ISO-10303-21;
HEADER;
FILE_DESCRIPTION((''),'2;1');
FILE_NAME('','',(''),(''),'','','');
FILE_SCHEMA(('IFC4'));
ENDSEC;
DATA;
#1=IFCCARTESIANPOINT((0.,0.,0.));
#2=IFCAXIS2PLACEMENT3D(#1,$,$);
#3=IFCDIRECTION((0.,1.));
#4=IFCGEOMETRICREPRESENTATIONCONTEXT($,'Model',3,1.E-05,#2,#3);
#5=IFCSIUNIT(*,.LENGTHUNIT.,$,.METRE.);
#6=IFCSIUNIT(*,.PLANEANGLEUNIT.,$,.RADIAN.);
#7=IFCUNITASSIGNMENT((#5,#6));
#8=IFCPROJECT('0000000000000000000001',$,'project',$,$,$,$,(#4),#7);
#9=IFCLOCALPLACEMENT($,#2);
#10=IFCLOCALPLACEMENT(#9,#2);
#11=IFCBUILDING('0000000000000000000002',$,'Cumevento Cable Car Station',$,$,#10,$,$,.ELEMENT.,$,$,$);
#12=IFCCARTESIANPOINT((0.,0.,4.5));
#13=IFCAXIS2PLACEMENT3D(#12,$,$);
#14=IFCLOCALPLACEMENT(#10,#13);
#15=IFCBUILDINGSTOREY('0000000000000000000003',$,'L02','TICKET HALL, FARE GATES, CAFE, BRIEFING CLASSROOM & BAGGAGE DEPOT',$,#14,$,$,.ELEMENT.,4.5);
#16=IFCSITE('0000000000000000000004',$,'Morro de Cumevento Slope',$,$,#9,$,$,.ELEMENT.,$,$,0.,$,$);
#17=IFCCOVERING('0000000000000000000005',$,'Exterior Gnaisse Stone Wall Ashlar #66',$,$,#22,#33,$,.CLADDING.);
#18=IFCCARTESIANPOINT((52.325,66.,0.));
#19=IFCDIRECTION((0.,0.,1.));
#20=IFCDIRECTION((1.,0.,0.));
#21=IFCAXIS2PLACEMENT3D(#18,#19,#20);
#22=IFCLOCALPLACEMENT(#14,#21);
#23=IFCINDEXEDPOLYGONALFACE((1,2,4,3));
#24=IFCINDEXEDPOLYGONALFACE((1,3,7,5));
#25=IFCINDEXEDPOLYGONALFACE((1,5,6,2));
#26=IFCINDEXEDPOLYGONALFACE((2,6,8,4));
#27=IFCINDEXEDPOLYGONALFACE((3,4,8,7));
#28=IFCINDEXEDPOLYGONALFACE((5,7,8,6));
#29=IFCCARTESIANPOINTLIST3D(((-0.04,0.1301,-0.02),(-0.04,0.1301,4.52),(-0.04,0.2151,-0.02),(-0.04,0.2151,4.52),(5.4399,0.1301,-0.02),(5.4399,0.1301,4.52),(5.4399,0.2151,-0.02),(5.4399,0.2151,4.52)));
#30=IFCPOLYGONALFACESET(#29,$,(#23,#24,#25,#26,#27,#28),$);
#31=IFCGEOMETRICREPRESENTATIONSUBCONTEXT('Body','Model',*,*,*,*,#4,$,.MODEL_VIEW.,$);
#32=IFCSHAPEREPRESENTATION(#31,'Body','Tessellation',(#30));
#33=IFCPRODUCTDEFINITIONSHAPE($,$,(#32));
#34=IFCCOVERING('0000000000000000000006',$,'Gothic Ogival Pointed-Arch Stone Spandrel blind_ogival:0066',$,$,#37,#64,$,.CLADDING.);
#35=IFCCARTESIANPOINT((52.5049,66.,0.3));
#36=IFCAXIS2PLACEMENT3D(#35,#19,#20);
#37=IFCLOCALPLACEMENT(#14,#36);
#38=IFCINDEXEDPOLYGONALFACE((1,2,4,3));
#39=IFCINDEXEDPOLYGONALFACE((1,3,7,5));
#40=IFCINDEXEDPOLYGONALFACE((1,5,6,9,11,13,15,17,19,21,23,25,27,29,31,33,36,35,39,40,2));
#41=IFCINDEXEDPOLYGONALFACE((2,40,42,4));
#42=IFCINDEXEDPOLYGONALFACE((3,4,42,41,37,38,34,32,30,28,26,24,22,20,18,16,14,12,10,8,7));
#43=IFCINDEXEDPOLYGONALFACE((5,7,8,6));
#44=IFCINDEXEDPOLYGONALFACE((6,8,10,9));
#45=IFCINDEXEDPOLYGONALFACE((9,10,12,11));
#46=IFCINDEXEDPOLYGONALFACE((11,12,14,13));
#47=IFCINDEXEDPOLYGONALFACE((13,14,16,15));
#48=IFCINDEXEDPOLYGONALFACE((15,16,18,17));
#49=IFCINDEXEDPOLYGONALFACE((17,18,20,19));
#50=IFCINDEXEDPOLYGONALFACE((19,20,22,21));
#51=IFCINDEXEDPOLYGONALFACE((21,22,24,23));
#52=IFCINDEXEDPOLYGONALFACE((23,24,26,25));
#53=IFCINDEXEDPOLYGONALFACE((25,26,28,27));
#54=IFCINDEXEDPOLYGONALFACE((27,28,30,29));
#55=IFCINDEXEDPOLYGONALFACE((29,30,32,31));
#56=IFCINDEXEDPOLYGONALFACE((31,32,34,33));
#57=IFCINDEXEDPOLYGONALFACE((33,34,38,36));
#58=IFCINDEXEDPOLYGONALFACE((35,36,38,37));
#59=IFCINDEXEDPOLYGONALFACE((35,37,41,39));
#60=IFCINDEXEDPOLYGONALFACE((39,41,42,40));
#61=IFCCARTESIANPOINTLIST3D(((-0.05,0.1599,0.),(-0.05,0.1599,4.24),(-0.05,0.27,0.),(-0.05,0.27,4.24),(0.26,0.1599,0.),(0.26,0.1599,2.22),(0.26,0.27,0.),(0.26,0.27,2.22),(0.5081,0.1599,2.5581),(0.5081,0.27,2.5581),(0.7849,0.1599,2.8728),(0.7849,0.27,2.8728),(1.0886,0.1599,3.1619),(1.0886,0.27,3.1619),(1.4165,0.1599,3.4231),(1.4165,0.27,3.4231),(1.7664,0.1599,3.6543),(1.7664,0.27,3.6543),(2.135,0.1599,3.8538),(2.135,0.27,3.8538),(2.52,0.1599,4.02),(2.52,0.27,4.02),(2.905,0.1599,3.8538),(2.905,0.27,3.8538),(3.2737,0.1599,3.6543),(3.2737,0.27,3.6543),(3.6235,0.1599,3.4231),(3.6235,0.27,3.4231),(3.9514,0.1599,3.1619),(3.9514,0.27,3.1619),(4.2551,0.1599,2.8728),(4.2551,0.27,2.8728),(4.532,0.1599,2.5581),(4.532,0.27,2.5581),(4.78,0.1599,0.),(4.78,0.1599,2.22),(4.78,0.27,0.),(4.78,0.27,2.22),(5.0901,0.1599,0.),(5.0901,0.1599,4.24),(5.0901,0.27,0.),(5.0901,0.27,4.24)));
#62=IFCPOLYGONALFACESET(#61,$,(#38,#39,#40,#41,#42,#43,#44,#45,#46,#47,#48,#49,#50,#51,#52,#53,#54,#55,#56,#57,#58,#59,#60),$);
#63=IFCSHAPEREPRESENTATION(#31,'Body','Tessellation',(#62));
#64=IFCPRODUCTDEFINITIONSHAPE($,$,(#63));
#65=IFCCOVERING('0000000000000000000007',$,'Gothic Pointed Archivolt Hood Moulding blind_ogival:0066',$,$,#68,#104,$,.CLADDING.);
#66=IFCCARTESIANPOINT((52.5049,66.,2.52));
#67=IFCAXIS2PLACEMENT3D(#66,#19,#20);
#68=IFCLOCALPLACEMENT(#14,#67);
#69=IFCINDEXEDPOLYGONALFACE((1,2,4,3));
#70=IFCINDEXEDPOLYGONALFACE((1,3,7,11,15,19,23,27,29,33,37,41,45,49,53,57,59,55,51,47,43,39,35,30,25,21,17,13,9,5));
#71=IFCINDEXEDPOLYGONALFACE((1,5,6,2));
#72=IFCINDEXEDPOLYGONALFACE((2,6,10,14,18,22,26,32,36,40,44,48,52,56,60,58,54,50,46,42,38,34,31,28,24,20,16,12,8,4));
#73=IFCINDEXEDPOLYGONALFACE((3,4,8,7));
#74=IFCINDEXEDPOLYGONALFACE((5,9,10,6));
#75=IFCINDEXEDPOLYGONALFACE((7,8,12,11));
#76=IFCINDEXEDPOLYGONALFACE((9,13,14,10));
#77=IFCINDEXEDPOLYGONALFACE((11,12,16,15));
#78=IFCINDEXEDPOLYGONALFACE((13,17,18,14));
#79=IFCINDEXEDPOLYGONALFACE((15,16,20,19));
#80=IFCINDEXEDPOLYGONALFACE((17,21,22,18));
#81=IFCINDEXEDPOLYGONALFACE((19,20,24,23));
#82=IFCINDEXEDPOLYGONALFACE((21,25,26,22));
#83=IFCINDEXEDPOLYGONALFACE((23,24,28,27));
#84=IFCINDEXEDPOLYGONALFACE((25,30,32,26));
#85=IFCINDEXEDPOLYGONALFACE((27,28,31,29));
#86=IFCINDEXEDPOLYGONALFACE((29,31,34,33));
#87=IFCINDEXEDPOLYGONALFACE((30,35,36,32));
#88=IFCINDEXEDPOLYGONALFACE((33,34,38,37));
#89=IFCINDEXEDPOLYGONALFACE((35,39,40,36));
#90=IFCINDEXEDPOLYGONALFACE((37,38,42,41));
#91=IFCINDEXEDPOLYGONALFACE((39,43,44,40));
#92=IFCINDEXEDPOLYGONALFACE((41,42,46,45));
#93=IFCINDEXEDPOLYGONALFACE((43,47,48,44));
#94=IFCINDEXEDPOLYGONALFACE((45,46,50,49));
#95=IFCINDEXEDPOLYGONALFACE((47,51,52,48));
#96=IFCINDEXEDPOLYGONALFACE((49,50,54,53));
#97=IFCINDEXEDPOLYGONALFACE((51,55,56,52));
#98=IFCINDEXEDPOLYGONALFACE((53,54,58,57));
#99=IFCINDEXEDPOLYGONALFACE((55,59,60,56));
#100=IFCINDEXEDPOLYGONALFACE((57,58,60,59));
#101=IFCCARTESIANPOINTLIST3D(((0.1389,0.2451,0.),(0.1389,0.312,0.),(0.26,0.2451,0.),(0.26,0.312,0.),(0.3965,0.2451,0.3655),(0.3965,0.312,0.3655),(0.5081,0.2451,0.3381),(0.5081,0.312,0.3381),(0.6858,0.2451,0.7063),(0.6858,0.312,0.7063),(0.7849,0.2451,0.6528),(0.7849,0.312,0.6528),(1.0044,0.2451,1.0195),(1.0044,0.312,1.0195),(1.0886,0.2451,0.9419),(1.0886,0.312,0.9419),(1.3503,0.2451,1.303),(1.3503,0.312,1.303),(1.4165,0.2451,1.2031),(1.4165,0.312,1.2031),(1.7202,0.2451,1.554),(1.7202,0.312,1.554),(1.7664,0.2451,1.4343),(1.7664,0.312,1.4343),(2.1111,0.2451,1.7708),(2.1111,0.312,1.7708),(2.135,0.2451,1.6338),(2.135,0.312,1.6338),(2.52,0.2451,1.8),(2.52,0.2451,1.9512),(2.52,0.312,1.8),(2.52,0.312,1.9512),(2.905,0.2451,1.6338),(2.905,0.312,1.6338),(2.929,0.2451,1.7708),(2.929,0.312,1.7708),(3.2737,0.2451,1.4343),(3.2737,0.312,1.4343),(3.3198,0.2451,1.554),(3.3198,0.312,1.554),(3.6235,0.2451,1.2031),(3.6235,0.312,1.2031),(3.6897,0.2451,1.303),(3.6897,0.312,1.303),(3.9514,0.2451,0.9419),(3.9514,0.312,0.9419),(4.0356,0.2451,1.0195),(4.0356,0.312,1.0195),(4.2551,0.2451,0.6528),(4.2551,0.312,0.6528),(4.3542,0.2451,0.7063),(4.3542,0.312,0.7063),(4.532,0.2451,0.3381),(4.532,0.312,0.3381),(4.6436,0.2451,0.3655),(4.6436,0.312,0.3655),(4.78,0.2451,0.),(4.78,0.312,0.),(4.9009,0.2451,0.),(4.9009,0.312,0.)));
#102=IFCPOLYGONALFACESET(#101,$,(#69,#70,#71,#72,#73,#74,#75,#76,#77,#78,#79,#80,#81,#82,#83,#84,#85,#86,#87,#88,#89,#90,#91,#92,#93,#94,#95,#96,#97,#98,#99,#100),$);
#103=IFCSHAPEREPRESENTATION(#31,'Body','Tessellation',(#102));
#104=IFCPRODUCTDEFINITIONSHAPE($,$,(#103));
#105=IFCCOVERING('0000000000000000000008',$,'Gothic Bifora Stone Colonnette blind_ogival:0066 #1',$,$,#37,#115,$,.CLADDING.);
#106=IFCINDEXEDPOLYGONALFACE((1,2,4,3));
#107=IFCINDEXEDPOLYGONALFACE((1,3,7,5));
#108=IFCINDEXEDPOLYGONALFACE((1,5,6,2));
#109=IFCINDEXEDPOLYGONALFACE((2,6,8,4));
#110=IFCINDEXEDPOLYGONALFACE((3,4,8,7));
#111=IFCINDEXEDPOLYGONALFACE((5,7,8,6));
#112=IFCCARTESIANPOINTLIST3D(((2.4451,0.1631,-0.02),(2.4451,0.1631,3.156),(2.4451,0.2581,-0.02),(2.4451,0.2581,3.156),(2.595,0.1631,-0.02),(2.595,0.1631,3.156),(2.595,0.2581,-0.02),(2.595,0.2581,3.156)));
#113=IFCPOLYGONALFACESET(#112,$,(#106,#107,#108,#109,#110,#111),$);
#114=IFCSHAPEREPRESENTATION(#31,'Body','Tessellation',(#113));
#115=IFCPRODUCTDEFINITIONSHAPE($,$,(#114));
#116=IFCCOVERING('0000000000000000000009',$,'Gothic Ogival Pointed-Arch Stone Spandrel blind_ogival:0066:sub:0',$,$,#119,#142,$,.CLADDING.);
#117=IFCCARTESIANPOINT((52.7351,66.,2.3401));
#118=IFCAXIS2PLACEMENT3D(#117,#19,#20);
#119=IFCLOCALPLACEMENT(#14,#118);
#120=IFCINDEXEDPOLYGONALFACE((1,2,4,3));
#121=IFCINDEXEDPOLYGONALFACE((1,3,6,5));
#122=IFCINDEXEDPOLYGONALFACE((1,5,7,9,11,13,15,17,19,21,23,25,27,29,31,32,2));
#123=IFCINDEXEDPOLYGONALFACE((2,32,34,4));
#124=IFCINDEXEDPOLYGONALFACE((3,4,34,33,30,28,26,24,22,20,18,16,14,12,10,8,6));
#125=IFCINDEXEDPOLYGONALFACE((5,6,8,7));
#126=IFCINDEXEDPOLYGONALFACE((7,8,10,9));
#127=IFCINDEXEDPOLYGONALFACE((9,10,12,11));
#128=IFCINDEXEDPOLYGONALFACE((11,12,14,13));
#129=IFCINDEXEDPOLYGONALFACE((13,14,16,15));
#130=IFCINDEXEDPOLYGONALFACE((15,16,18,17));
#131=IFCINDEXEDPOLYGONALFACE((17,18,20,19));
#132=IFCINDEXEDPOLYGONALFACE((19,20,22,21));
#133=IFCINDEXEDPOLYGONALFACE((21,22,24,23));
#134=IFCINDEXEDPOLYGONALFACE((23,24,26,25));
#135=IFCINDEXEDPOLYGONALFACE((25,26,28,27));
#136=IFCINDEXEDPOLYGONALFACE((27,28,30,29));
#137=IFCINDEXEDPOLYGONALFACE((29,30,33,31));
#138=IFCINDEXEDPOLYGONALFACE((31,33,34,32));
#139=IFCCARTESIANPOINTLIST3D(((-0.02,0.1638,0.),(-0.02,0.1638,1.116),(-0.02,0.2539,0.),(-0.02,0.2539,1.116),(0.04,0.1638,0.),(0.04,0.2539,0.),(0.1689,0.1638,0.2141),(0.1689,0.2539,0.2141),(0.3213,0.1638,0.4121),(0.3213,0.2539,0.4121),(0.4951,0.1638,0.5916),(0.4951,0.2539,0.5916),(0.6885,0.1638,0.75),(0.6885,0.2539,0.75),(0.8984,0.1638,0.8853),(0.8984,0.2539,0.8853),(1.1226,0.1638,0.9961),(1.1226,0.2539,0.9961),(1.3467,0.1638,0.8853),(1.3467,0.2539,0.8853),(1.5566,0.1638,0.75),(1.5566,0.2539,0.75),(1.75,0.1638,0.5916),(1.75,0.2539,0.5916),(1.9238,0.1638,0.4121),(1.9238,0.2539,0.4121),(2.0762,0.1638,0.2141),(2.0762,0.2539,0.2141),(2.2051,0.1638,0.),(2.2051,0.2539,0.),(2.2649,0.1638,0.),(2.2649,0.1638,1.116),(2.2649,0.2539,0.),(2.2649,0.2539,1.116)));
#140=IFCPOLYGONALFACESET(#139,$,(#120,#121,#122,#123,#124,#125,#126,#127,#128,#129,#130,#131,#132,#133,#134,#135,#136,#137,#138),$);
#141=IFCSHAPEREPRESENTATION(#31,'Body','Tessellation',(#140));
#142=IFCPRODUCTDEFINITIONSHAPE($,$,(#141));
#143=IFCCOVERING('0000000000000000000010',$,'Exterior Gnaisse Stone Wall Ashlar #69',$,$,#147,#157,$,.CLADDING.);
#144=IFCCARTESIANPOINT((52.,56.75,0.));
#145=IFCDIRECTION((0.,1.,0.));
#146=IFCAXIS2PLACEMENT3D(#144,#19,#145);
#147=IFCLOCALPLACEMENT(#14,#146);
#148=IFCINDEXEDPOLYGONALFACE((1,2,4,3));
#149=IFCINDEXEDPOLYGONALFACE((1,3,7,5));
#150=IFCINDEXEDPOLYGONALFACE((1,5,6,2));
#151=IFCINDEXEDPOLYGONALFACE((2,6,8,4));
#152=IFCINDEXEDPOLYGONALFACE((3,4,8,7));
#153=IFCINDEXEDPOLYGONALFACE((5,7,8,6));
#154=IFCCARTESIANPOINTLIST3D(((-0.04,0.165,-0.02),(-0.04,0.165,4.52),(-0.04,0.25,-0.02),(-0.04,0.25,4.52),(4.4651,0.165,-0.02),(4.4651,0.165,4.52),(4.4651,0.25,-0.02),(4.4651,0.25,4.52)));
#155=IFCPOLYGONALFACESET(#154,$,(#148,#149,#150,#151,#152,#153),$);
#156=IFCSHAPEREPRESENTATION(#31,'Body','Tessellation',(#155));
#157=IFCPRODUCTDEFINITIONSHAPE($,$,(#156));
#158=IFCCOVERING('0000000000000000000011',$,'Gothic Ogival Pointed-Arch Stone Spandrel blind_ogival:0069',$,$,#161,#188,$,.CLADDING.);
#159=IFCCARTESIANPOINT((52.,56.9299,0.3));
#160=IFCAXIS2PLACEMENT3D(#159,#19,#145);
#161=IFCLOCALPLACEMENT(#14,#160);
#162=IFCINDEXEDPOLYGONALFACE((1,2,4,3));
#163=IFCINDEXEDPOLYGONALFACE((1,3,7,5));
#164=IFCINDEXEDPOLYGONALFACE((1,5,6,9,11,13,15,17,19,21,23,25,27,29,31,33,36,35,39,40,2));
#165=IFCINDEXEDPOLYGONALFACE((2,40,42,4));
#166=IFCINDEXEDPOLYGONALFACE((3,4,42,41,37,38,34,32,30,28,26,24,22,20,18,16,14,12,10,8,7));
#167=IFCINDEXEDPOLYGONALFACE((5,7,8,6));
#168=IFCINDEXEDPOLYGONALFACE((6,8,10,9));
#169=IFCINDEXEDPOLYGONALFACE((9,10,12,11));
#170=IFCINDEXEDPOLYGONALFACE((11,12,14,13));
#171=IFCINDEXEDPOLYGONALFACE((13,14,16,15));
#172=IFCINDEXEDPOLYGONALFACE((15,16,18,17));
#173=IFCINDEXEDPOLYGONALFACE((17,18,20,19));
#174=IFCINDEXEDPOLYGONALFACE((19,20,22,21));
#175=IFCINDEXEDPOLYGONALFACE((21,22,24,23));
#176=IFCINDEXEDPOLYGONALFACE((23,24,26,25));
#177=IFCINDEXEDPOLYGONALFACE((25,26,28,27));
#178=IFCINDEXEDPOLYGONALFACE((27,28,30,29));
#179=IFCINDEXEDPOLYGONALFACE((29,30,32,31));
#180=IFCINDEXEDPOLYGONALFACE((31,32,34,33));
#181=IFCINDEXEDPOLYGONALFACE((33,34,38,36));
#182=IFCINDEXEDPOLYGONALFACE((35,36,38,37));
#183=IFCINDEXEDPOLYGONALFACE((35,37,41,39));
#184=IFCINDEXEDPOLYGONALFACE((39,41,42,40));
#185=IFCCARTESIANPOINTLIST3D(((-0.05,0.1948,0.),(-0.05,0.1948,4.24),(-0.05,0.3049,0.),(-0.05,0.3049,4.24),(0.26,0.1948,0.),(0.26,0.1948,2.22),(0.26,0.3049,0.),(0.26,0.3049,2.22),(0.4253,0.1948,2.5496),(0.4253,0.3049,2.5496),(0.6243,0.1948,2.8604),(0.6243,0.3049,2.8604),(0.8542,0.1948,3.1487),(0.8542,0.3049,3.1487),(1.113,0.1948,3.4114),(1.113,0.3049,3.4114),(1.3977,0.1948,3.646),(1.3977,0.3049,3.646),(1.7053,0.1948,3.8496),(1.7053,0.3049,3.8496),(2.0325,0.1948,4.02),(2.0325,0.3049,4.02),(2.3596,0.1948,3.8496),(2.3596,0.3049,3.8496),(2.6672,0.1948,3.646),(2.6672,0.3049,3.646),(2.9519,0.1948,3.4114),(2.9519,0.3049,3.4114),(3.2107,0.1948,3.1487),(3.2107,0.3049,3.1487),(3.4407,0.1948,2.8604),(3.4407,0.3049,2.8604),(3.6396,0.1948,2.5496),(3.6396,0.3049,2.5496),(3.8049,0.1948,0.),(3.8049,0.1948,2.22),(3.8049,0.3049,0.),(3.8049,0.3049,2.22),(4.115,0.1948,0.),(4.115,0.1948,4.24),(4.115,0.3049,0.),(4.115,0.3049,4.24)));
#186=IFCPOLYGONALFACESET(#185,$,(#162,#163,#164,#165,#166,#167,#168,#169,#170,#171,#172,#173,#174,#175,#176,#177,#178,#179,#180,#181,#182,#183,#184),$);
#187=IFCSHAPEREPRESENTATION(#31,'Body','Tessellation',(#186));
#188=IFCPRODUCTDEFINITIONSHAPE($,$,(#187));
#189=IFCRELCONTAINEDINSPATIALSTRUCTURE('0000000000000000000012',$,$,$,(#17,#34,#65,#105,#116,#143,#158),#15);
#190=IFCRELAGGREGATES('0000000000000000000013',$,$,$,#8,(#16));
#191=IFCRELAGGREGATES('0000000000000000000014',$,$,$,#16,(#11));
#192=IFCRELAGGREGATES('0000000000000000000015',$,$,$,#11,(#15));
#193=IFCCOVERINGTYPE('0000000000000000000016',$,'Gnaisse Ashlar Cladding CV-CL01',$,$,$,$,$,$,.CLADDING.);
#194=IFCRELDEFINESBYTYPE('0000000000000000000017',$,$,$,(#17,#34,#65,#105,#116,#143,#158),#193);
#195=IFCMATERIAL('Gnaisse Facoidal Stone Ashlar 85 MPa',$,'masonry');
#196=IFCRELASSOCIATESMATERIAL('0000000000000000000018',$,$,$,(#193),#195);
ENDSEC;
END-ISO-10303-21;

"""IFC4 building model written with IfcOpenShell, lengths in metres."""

from ifc_helpers import new_model, si_unit, direction, frame, origin, place, context, subcontext, project, spatial, polyline, outline, extrude, material, type_object, element, save


model = new_model("IFC4")

# Units and contexts
model_context = context("Model", 3, precision=1e-05, world=origin(), true_north=direction((0.0, 1.0)))
body_context = subcontext(model_context, "Body", "Model", "MODEL_VIEW")
ifc_project = project(units=[si_unit("LENGTHUNIT", "METRE"), si_unit("PLANEANGLEUNIT", "RADIAN")], contexts=[model_context])

# Site, building, storey
site_placement = place(None, origin())
site = spatial("IfcSite", under=ifc_project, at=site_placement, Name="Morro de Cumevento Slope", CompositionType="ELEMENT", RefElevation=0.0)
building_placement = place(site_placement, origin())
building = spatial("IfcBuilding", under=site, at=building_placement, Name="Cumevento Cable Car Station", CompositionType="ELEMENT")
storey_placement = place(building_placement, frame((0.0, 0.0, 4.5)))
storey = spatial("IfcBuildingStorey", under=building, at=storey_placement, Name="L02", Description="TICKET HALL, FARE GATES, CAFE, BRIEFING CLASSROOM & BAGGAGE DEPOT", CompositionType="ELEMENT", Elevation=4.5)

# Coverings
ifc_material_1 = material(Name="Gnaisse Facoidal Stone Ashlar 85 MPa", Category="masonry")
covering_type = type_object("IfcCoveringType", Name="Gnaisse Ashlar Cladding CV-CL01", PredefinedType="CLADDING", material=ifc_material_1)
covering_1_placement = place(storey_placement, frame((52.325, 66.0, 0.0), z_axis=(0.0, 0.0, 1.0), x_axis=(1.0, 0.0, 0.0)))
element("IfcCovering", 1, at=covering_1_placement, inside=storey, type_object=covering_type, Name="Exterior Gnaisse Stone Wall Ashlar #66", PredefinedType="CLADDING", context=body_context, shape_type="SweptSolid", body=[
    extrude(outline(polyline([(-0.04, -0.02), (5.4399, -0.02), (5.4399, 4.52), (-0.04, 4.52), (-0.04, -0.02)])), frame((0.0, 0.2151, 0.0), z_axis=(0.0, -1.0, 0.0), x_axis=(1.0, 0.0, 0.0)), (0.0, 0.0, 1.0), 0.085),
])
placement_1 = place(storey_placement, frame((52.5049, 66.0, 0.3), z_axis=(0.0, 0.0, 1.0), x_axis=(1.0, 0.0, 0.0)))
element("IfcCovering", 2, at=placement_1, inside=storey, type_object=covering_type, Name="Gothic Ogival Pointed-Arch Stone Spandrel blind_ogival:0066", PredefinedType="CLADDING", context=body_context, shape_type="SweptSolid", body=[
    extrude(outline(polyline([(-0.05, 0.0), (-0.05, 4.24), (5.0901, 4.24), (5.0901, 0.0), (4.78, 0.0), (4.78, 2.22), (4.532, 2.5581), (4.2551, 2.8728), (3.9514, 3.1619), (3.6235, 3.4231), (3.2737, 3.6543), (2.905, 3.8538), (2.52, 4.02), (2.135, 3.8538), (1.7664, 3.6543), (1.4165, 3.4231), (1.0886, 3.1619), (0.7849, 2.8728), (0.5081, 2.5581), (0.26, 2.22), (0.26, 0.0), (-0.05, 0.0)])), frame((0.0, 0.27, 0.0), z_axis=(0.0, -1.0, 0.0), x_axis=(1.0, 0.0, 0.0)), (0.0, 0.0, 1.0), 0.1101),
])
covering_2_placement = place(storey_placement, frame((52.5049, 66.0, 2.52), z_axis=(0.0, 0.0, 1.0), x_axis=(1.0, 0.0, 0.0)))
element("IfcCovering", 3, at=covering_2_placement, inside=storey, type_object=covering_type, Name="Gothic Pointed Archivolt Hood Moulding blind_ogival:0066", PredefinedType="CLADDING", context=body_context, shape_type="SweptSolid", body=[
    extrude(outline(polyline([(0.26, 0.0), (0.5081, 0.3381), (0.7849, 0.6528), (1.0886, 0.9419), (1.4165, 1.2031), (1.7664, 1.4343), (2.135, 1.6338), (2.52, 1.8), (2.905, 1.6338), (3.2737, 1.4343), (3.6235, 1.2031), (3.9514, 0.9419), (4.2551, 0.6528), (4.532, 0.3381), (4.78, 0.0), (4.9009, 0.0), (4.6436, 0.3655), (4.3542, 0.7063), (4.0356, 1.0195), (3.6897, 1.303), (3.3198, 1.554), (2.929, 1.7708), (2.52, 1.9512), (2.1111, 1.7708), (1.7202, 1.554), (1.3503, 1.303), (1.0044, 1.0195), (0.6858, 0.7063), (0.3965, 0.3655), (0.1389, 0.0), (0.26, 0.0)])), frame((0.0, 0.312, 0.0), z_axis=(0.0, -1.0, 0.0), x_axis=(1.0, 0.0, 0.0)), (0.0, 0.0, 1.0), 0.0669),
])
element("IfcCovering", 4, at=placement_1, inside=storey, type_object=covering_type, Name="Gothic Bifora Stone Colonnette blind_ogival:0066 #1", PredefinedType="CLADDING", context=body_context, shape_type="SweptSolid", body=[
    extrude(outline(polyline([(2.4451, -0.02), (2.595, -0.02), (2.595, 3.156), (2.4451, 3.156), (2.4451, -0.02)])), frame((0.0, 0.2581, 0.0), z_axis=(0.0, -1.0, 0.0), x_axis=(1.0, 0.0, 0.0)), (0.0, 0.0, 1.0), 0.095),
])
covering_3_placement = place(storey_placement, frame((52.7351, 66.0, 2.3401), z_axis=(0.0, 0.0, 1.0), x_axis=(1.0, 0.0, 0.0)))
element("IfcCovering", 5, at=covering_3_placement, inside=storey, type_object=covering_type, Name="Gothic Ogival Pointed-Arch Stone Spandrel blind_ogival:0066:sub:0", PredefinedType="CLADDING", context=body_context, shape_type="SweptSolid", body=[
    extrude(outline(polyline([(-0.02, 0.0), (-0.02, 1.116), (2.2649, 1.116), (2.2649, 0.0), (2.2051, 0.0), (2.0762, 0.2141), (1.9238, 0.4121), (1.75, 0.5916), (1.5566, 0.75), (1.3467, 0.8853), (1.1226, 0.9961), (0.8984, 0.8853), (0.6885, 0.75), (0.4951, 0.5916), (0.3213, 0.4121), (0.1689, 0.2141), (0.04, 0.0), (-0.02, 0.0)])), frame((0.0, 0.2539, 0.0), z_axis=(0.0, -1.0, 0.0), x_axis=(1.0, 0.0, 0.0)), (0.0, 0.0, 1.0), 0.0901),
])
covering_4_placement = place(storey_placement, frame((52.0, 56.75, 0.0), z_axis=(0.0, 0.0, 1.0), x_axis=(0.0, 1.0, 0.0)))
element("IfcCovering", 6, at=covering_4_placement, inside=storey, type_object=covering_type, Name="Exterior Gnaisse Stone Wall Ashlar #69", PredefinedType="CLADDING", context=body_context, shape_type="SweptSolid", body=[
    extrude(outline(polyline([(-0.04, -0.02), (4.4651, -0.02), (4.4651, 4.52), (-0.04, 4.52), (-0.04, -0.02)])), frame((0.0, 0.25, 0.0), z_axis=(0.0, -1.0, 0.0), x_axis=(1.0, 0.0, 0.0)), (0.0, 0.0, 1.0), 0.085),
])
placement_2 = place(storey_placement, frame((52.0, 56.9299, 0.3), z_axis=(0.0, 0.0, 1.0), x_axis=(0.0, 1.0, 0.0)))
element("IfcCovering", 7, at=placement_2, inside=storey, type_object=covering_type, Name="Gothic Ogival Pointed-Arch Stone Spandrel blind_ogival:0069", PredefinedType="CLADDING", context=body_context, shape_type="SweptSolid", body=[
    extrude(outline(polyline([(-0.05, 0.0), (-0.05, 4.24), (4.115, 4.24), (4.115, 0.0), (3.8049, 0.0), (3.8049, 2.22), (3.6396, 2.5496), (3.4407, 2.8604), (3.2107, 3.1487), (2.9519, 3.4114), (2.6672, 3.646), (2.3596, 3.8496), (2.0325, 4.02), (1.7053, 3.8496), (1.3977, 3.646), (1.113, 3.4114), (0.8542, 3.1487), (0.6243, 2.8604), (0.4253, 2.5496), (0.26, 2.22), (0.26, 0.0), (-0.05, 0.0)])), frame((0.0, 0.3049, 0.0), z_axis=(0.0, -1.0, 0.0), x_axis=(1.0, 0.0, 0.0)), (0.0, 0.0, 1.0), 0.1101),
])

save(model, "model.ifc")
